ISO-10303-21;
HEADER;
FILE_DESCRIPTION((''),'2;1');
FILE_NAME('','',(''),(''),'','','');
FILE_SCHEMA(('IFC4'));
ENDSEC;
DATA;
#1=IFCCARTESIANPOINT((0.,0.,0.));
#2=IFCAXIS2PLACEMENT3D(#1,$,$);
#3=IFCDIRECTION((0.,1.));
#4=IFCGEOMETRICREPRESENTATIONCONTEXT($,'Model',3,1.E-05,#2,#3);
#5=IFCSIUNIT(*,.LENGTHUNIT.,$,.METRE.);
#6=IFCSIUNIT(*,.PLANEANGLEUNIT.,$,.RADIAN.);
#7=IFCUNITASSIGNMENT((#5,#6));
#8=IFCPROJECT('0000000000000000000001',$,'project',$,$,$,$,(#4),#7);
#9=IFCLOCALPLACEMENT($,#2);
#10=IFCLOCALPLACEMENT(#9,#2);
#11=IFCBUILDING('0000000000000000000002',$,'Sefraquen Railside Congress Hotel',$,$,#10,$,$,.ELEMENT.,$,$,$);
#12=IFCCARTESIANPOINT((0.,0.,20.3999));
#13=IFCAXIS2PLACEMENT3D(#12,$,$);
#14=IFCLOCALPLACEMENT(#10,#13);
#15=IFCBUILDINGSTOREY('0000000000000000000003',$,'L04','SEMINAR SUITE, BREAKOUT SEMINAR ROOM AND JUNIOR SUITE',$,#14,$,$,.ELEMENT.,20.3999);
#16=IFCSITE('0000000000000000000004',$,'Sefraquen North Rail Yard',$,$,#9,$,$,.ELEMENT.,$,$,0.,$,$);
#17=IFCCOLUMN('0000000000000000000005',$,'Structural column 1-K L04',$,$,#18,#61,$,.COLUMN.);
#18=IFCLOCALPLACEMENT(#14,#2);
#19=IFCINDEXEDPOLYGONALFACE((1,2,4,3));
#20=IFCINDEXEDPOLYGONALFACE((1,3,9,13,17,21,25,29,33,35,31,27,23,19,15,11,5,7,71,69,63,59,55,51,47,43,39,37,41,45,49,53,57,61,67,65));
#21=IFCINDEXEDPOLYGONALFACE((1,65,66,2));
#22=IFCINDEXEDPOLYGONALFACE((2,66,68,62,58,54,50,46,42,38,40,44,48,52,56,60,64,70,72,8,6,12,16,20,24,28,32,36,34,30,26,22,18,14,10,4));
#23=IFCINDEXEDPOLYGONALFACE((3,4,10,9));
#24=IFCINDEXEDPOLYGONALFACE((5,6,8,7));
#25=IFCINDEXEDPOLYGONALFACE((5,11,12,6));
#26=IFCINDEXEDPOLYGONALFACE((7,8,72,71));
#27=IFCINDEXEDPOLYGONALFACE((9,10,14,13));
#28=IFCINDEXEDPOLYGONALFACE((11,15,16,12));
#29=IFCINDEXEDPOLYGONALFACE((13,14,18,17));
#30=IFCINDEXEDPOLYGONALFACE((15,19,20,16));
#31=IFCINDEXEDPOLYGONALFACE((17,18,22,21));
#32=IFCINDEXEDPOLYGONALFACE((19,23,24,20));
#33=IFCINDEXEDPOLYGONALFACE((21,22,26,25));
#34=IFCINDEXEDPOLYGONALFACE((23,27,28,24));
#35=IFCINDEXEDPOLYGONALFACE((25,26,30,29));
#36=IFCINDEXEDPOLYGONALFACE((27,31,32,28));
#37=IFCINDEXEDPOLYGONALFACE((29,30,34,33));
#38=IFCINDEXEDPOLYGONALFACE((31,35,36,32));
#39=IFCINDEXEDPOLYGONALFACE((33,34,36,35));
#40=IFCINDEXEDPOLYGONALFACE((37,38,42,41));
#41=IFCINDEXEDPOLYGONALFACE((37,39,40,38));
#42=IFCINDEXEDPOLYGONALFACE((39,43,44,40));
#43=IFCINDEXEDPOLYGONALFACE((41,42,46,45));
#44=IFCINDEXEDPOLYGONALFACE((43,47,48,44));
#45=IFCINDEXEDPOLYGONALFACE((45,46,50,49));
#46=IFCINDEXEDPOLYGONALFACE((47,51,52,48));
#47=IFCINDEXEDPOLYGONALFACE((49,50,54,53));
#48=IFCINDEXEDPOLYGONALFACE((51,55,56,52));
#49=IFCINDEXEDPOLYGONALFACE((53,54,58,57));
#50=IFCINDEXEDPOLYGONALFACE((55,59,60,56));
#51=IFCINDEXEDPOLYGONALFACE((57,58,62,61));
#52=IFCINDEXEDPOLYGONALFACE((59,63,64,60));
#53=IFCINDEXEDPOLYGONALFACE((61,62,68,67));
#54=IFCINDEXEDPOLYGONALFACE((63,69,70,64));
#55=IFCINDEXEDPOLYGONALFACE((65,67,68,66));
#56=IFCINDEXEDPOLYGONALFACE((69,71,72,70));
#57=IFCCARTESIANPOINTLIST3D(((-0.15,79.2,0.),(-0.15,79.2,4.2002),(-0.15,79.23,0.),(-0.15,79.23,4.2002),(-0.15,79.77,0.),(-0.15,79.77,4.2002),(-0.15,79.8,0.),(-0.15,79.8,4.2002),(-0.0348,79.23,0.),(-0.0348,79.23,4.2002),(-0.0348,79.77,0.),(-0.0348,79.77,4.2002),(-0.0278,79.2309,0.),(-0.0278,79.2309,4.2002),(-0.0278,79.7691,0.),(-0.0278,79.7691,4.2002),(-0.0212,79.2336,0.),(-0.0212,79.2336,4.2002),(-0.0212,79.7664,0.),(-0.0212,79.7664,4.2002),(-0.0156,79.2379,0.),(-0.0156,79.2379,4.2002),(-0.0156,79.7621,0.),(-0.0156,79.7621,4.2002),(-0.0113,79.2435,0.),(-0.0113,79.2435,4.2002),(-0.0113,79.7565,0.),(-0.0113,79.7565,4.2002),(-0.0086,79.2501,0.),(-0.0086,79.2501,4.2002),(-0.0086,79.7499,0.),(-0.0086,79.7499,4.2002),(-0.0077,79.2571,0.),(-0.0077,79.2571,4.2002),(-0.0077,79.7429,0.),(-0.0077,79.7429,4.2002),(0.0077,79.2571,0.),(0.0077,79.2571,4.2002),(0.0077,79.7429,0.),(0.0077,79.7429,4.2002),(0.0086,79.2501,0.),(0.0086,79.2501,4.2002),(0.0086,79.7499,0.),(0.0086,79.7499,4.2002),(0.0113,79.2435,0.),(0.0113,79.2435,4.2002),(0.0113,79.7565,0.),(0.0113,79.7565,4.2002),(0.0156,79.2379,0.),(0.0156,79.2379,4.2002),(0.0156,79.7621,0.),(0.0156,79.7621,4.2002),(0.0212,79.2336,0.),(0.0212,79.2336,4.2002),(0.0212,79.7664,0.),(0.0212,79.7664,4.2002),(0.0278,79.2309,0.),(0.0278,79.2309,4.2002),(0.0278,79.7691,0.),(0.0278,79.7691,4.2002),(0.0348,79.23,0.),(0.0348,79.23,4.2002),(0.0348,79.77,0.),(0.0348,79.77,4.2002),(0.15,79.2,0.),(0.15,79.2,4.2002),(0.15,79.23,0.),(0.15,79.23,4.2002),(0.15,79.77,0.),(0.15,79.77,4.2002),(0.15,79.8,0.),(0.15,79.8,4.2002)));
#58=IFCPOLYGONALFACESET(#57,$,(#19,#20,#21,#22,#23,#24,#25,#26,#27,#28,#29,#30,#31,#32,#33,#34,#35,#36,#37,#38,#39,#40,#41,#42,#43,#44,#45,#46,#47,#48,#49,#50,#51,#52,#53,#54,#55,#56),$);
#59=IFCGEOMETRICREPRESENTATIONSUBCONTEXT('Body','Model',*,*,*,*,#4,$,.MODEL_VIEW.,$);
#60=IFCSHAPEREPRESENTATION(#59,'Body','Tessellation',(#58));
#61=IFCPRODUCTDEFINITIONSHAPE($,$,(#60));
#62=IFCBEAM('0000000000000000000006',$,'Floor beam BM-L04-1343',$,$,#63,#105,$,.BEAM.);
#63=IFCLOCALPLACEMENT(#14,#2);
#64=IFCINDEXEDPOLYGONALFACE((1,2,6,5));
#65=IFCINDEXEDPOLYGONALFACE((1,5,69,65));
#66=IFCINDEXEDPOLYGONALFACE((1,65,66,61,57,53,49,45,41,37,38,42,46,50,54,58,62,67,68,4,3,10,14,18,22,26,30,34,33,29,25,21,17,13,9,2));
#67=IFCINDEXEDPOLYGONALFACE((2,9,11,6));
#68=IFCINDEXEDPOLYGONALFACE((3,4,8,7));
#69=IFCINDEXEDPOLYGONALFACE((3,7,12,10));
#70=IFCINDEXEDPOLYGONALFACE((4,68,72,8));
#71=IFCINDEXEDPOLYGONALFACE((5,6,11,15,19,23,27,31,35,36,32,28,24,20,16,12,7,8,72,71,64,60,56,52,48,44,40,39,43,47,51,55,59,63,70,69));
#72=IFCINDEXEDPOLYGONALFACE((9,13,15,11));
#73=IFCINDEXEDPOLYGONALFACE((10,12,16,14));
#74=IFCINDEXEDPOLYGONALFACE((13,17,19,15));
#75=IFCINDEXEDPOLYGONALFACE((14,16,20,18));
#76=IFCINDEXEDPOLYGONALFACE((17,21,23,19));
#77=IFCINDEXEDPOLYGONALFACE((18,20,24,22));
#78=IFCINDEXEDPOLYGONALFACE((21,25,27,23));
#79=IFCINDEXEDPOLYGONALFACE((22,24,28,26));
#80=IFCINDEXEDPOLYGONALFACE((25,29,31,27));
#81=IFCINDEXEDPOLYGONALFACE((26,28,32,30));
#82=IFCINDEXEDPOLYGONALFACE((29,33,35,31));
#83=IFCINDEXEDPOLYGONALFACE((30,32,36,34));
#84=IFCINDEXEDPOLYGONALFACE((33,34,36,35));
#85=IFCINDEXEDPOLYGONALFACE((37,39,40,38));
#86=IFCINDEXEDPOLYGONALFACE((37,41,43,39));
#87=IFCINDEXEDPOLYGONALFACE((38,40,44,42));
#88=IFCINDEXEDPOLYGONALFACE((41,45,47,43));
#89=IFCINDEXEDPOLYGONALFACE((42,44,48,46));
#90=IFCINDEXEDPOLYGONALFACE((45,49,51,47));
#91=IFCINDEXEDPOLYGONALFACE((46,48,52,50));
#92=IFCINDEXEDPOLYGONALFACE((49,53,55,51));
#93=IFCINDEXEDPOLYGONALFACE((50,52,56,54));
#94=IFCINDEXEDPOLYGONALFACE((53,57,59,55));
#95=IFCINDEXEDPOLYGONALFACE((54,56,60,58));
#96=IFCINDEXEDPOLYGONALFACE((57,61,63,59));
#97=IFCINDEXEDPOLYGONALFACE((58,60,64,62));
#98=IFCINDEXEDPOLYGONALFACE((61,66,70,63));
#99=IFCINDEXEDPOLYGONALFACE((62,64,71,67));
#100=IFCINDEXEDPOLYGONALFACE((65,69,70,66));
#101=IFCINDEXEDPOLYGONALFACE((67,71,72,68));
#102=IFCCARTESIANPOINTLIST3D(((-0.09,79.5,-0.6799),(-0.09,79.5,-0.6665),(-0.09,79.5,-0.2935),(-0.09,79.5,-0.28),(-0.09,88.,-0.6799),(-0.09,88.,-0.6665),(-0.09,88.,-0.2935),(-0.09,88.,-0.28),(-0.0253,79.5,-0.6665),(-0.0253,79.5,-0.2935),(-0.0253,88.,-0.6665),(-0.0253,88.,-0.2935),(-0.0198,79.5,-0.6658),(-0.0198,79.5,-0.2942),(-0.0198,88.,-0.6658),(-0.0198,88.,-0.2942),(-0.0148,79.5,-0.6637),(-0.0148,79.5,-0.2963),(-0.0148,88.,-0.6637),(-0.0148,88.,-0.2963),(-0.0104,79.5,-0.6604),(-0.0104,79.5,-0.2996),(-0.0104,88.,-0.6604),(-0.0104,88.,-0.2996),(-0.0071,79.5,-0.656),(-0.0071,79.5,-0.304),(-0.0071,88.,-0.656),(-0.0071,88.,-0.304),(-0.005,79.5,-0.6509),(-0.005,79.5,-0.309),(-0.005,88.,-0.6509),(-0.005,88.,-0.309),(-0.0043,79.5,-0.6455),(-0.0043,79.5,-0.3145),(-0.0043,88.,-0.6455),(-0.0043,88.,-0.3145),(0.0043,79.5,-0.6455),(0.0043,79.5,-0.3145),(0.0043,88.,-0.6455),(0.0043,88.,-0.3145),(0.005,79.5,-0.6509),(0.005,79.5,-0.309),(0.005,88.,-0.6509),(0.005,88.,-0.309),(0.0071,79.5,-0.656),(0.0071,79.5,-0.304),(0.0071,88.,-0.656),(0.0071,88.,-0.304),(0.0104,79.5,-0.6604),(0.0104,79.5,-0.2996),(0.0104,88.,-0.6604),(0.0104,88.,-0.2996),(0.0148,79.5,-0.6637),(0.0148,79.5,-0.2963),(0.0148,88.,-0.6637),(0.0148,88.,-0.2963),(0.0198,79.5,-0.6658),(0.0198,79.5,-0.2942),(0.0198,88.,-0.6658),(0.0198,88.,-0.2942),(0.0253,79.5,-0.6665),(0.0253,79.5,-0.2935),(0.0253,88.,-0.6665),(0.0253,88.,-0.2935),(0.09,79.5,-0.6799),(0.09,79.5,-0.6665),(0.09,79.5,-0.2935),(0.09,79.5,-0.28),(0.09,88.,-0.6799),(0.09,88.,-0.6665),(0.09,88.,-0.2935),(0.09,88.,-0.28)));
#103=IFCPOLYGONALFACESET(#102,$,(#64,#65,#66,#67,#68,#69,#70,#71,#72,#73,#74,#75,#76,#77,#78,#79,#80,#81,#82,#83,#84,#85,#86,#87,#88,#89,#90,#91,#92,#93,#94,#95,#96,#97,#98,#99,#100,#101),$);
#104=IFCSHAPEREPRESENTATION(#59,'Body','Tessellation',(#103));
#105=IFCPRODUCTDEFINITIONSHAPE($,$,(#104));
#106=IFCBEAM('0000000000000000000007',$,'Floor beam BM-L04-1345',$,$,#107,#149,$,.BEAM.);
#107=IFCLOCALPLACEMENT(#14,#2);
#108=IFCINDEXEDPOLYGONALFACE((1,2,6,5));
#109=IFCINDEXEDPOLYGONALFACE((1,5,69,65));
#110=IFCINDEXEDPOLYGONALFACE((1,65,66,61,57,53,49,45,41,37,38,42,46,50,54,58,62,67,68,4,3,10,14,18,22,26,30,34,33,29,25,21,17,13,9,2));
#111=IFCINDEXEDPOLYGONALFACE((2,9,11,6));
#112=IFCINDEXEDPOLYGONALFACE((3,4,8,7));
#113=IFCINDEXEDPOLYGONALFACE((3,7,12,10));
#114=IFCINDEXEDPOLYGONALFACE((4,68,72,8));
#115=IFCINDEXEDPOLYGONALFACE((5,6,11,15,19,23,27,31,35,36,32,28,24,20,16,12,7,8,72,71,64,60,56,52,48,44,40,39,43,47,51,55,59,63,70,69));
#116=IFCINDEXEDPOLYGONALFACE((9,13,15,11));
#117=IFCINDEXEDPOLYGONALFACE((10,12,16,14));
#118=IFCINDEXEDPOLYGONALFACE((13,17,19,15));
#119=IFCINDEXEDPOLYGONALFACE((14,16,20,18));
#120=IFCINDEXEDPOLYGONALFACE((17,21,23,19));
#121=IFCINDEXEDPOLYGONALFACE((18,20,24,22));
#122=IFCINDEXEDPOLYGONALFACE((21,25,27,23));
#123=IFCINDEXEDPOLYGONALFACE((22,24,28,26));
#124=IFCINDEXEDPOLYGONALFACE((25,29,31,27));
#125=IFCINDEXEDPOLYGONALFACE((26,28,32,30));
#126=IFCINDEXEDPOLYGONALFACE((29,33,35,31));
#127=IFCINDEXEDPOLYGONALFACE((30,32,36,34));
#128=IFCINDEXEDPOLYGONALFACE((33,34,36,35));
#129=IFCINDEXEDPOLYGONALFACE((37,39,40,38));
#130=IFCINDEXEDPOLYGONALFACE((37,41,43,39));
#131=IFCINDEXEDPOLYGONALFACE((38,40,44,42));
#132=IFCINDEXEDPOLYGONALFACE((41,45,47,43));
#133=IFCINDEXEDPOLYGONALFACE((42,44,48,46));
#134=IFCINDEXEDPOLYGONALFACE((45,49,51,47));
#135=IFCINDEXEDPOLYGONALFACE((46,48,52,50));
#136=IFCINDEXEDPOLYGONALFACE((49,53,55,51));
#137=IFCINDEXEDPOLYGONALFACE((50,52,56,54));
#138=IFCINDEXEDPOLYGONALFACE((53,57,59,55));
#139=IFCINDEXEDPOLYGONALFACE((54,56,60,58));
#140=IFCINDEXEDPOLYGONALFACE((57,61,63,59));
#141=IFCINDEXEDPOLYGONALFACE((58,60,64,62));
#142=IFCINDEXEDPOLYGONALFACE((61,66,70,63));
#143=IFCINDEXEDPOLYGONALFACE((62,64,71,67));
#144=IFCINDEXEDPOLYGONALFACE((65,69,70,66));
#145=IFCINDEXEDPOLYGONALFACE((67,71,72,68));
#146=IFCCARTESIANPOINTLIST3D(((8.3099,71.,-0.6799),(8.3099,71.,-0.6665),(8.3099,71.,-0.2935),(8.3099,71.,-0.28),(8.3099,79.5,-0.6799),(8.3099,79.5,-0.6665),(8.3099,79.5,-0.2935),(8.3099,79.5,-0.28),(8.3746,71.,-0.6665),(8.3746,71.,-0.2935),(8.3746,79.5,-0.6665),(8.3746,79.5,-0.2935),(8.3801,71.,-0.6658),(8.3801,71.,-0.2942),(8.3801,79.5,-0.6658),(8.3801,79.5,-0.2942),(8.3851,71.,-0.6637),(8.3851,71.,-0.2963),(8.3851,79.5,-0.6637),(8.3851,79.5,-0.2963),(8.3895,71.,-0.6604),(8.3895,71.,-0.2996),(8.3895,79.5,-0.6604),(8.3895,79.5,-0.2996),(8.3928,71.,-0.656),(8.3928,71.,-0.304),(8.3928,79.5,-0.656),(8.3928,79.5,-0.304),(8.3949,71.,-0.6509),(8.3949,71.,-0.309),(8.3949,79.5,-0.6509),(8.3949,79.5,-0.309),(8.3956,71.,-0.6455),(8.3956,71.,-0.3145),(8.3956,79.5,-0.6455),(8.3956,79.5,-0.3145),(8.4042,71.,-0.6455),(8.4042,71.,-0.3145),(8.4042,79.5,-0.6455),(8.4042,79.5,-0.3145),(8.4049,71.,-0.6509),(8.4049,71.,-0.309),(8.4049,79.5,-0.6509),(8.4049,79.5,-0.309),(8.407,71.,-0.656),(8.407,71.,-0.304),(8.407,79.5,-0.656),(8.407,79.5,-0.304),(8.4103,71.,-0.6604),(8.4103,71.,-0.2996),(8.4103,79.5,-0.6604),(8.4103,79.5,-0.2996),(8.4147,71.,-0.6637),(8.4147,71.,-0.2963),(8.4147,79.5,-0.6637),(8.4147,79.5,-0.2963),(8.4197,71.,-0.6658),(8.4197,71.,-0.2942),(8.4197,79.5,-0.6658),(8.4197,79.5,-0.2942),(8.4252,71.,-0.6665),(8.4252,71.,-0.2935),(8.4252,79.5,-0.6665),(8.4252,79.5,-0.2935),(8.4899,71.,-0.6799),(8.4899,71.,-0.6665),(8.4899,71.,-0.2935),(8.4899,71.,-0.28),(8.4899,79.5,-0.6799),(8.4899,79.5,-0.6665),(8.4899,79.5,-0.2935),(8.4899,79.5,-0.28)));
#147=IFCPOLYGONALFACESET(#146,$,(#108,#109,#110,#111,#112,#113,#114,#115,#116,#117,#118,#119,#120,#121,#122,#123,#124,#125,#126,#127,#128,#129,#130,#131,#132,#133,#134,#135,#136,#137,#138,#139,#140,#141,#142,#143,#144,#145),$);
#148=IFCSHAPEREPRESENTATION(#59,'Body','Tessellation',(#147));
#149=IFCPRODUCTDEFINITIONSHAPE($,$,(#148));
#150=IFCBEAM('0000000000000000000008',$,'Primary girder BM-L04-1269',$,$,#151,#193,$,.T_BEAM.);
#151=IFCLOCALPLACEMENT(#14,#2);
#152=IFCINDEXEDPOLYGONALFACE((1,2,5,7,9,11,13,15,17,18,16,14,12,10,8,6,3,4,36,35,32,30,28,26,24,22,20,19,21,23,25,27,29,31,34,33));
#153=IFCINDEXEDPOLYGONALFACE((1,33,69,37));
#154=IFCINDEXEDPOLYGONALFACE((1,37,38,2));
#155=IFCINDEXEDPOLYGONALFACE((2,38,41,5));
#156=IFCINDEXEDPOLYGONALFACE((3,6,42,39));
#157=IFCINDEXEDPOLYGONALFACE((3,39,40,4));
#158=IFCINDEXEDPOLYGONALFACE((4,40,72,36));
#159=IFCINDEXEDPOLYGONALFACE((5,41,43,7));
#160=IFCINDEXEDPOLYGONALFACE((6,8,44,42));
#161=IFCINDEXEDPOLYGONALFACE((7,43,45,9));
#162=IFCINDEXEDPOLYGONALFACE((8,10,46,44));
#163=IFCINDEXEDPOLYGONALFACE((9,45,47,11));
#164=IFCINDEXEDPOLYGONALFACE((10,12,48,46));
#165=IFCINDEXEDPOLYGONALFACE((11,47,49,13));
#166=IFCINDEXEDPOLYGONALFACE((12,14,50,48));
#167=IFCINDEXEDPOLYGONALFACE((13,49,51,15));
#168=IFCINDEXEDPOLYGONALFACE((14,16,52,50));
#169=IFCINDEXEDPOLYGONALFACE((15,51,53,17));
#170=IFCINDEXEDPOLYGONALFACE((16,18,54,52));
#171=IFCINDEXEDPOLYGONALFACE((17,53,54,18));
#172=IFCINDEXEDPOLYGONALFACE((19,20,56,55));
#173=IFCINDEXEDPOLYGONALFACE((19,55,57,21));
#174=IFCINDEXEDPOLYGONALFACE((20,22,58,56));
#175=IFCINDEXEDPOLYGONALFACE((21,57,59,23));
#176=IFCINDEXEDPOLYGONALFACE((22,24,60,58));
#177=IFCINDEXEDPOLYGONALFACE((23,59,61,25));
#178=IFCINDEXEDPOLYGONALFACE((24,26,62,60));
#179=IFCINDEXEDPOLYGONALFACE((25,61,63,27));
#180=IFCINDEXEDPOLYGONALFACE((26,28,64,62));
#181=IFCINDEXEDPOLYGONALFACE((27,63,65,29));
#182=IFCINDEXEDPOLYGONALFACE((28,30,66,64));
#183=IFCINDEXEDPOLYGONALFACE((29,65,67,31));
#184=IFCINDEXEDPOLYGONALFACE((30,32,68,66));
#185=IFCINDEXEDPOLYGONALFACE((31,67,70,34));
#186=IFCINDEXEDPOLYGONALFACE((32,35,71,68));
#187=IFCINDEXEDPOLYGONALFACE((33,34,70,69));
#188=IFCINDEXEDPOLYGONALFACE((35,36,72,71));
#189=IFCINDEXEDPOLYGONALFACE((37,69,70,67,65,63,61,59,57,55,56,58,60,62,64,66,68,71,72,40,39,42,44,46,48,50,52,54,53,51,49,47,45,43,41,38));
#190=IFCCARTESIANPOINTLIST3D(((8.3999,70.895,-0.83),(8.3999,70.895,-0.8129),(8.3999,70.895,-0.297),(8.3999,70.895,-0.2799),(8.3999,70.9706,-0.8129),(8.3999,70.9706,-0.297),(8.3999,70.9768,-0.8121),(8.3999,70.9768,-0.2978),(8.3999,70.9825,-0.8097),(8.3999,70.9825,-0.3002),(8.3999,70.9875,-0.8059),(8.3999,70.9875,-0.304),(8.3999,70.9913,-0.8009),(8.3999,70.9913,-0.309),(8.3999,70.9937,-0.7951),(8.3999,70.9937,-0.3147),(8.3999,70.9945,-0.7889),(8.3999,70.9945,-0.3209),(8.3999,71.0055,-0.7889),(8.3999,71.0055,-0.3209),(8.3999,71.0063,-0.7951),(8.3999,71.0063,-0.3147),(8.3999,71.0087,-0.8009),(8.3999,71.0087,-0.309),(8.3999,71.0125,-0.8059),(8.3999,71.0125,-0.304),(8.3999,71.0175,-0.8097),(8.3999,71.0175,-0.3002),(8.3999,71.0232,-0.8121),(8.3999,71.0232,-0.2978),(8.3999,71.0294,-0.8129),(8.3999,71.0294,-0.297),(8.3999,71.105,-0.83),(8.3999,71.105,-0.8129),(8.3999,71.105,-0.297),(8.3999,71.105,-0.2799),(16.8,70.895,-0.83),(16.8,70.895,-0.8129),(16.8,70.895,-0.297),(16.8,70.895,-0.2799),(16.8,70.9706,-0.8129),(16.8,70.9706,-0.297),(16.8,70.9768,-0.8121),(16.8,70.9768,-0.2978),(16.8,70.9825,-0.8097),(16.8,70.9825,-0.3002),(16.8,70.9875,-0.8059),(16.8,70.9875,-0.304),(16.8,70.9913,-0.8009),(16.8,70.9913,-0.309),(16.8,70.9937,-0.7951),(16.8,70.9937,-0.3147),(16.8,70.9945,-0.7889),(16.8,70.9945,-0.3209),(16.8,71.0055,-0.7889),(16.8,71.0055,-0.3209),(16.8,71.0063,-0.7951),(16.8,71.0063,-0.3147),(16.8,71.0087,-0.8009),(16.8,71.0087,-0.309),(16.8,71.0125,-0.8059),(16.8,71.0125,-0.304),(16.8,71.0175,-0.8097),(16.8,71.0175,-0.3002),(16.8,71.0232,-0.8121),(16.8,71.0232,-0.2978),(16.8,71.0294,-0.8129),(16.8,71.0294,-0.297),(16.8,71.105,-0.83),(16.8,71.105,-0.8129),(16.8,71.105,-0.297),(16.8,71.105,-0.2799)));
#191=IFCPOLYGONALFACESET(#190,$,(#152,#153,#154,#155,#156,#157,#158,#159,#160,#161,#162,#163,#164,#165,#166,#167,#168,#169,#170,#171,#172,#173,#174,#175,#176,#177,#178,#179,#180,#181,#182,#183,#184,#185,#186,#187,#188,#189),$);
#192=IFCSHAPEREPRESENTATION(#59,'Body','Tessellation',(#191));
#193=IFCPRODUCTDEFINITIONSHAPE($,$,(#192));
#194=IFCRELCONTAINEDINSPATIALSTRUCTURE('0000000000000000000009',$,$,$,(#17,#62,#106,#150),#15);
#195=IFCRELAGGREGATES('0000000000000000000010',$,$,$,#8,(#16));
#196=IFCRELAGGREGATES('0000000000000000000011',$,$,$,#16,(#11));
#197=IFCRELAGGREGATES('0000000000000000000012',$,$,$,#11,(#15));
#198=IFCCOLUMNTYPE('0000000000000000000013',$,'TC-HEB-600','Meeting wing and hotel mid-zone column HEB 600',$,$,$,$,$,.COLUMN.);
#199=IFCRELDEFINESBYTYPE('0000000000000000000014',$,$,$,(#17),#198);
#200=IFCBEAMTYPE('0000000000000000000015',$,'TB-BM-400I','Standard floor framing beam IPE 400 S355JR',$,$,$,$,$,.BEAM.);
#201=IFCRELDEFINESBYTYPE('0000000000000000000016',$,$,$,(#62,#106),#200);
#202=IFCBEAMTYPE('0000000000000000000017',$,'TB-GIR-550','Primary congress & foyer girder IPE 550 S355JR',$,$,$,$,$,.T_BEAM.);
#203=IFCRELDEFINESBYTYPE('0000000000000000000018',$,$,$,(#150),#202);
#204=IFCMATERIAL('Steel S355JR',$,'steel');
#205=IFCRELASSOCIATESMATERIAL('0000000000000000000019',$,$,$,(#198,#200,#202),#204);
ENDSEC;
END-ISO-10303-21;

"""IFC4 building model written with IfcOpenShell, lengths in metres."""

from ifc_helpers import new_model, si_unit, direction, frame, origin, origin_2d, place, context, subcontext, project, spatial, i_section, extrude, material, material_profile, profile_set, type_object, element, save


model = new_model("IFC4")

# Units and contexts
model_context = context("Model", 3, precision=1e-05, world=origin(), true_north=direction((0.0, 1.0)))
body_context = subcontext(model_context, "Body", "Model", "MODEL_VIEW")
ifc_project = project(units=[si_unit("LENGTHUNIT", "METRE"), si_unit("PLANEANGLEUNIT", "RADIAN")], contexts=[model_context])

# Site, building, storey
site_placement = place(None, origin())
site = spatial("IfcSite", under=ifc_project, at=site_placement, Name="Sefraquen North Rail Yard", CompositionType="ELEMENT", RefElevation=0.0)
building_placement = place(site_placement, origin())
building = spatial("IfcBuilding", under=site, at=building_placement, Name="Sefraquen Railside Congress Hotel", CompositionType="ELEMENT")
storey_placement = place(building_placement, frame((0.0, 0.0, 20.3999)))
storey = spatial("IfcBuildingStorey", under=building, at=storey_placement, Name="L04", Description="SEMINAR SUITE, BREAKOUT SEMINAR ROOM AND JUNIOR SUITE", CompositionType="ELEMENT", Elevation=20.3999)

# Column
ifc_material_1 = material(Name="Steel S355JR", Category="steel")
ifc_material_profile_1 = material_profile(ifc_material_1, i_section(OverallWidth=0.3, OverallDepth=0.6001, WebThickness=0.0154, FlangeThickness=0.03, FilletRadius=0.0271, at=origin_2d()), Name="HEB 600")
ifc_profile_set_1 = profile_set([ifc_material_profile_1], Name="Steel S355JR")
column_type = type_object("IfcColumnType", Name="TC-HEB-600", Description="Meeting wing and hotel mid-zone column HEB 600", PredefinedType="COLUMN", material=ifc_profile_set_1)
column_placement = place(storey_placement, frame((0.0, 79.5, 0.0), z_axis=(0.0, 0.0, 1.0), x_axis=(1.0, 0.0, 0.0)))
element("IfcColumn", 1, at=column_placement, inside=storey, type_object=column_type, Name="Structural column 1-K L04", PredefinedType="COLUMN", context=body_context, shape_type="SweptSolid", body=[
    extrude(i_section(OverallWidth=0.3, OverallDepth=0.6001, WebThickness=0.0154, FlangeThickness=0.03, FilletRadius=0.0271, at=origin_2d()), origin(), (0.0, 0.0, 1.0), 4.2002),
])

# Beams
ifc_material_profile_2 = material_profile(ifc_material_1, i_section(OverallWidth=0.1799, OverallDepth=0.3999, WebThickness=0.0085, FlangeThickness=0.0134, FilletRadius=0.021, at=origin_2d()), Name="IPE 400")
ifc_profile_set_2 = profile_set([ifc_material_profile_2], Name="Steel S355JR")
beam_type_1 = type_object("IfcBeamType", Name="TB-BM-400I", Description="Standard floor framing beam IPE 400 S355JR", PredefinedType="BEAM", material=ifc_profile_set_2)
for number, where, z_axis, x_axis, name in (
    (2, (0.0, 79.5, -0.48), (0.0, 1.0, 0.0), (-1.0, 0.0, 0.0), "Floor beam BM-L04-1343"),
    (3, (8.3999, 71.0, -0.48), (0.0, 1.0, 0.0), (-1.0, 0.0, 0.0), "Floor beam BM-L04-1345"),
):
    element("IfcBeam", number, at=place(storey_placement, frame(where, z_axis=z_axis, x_axis=x_axis)), inside=storey, type_object=beam_type_1, Name=name, PredefinedType="BEAM", context=body_context, shape_type="SweptSolid", body=[
        extrude(i_section(OverallWidth=0.1799, OverallDepth=0.3999, WebThickness=0.0085, FlangeThickness=0.0134, FilletRadius=0.021, at=origin_2d()), origin(), (0.0, 0.0, 1.0), 8.5),
    ])
ifc_material_profile_3 = material_profile(ifc_material_1, i_section(OverallWidth=0.21, OverallDepth=0.55, WebThickness=0.011, FlangeThickness=0.0171, FilletRadius=0.0239, at=origin_2d()), Name="IPE 550")
ifc_profile_set_3 = profile_set([ifc_material_profile_3], Name="Steel S355JR")
beam_type_2 = type_object("IfcBeamType", Name="TB-GIR-550", Description="Primary congress & foyer girder IPE 550 S355JR", PredefinedType="T_BEAM", material=ifc_profile_set_3)
beam_1_placement = place(storey_placement, frame((8.3999, 71.0, -0.5549), z_axis=(1.0, 0.0, 0.0), x_axis=(0.0, 1.0, 0.0)))
element("IfcBeam", 4, at=beam_1_placement, inside=storey, type_object=beam_type_2, Name="Primary girder BM-L04-1269", PredefinedType="T_BEAM", context=body_context, shape_type="SweptSolid", body=[
    extrude(i_section(OverallWidth=0.21, OverallDepth=0.55, WebThickness=0.011, FlangeThickness=0.0171, FilletRadius=0.0239, at=origin_2d()), origin(), (0.0, 0.0, 1.0), 8.4001),
])

save(model, "model.ifc")
